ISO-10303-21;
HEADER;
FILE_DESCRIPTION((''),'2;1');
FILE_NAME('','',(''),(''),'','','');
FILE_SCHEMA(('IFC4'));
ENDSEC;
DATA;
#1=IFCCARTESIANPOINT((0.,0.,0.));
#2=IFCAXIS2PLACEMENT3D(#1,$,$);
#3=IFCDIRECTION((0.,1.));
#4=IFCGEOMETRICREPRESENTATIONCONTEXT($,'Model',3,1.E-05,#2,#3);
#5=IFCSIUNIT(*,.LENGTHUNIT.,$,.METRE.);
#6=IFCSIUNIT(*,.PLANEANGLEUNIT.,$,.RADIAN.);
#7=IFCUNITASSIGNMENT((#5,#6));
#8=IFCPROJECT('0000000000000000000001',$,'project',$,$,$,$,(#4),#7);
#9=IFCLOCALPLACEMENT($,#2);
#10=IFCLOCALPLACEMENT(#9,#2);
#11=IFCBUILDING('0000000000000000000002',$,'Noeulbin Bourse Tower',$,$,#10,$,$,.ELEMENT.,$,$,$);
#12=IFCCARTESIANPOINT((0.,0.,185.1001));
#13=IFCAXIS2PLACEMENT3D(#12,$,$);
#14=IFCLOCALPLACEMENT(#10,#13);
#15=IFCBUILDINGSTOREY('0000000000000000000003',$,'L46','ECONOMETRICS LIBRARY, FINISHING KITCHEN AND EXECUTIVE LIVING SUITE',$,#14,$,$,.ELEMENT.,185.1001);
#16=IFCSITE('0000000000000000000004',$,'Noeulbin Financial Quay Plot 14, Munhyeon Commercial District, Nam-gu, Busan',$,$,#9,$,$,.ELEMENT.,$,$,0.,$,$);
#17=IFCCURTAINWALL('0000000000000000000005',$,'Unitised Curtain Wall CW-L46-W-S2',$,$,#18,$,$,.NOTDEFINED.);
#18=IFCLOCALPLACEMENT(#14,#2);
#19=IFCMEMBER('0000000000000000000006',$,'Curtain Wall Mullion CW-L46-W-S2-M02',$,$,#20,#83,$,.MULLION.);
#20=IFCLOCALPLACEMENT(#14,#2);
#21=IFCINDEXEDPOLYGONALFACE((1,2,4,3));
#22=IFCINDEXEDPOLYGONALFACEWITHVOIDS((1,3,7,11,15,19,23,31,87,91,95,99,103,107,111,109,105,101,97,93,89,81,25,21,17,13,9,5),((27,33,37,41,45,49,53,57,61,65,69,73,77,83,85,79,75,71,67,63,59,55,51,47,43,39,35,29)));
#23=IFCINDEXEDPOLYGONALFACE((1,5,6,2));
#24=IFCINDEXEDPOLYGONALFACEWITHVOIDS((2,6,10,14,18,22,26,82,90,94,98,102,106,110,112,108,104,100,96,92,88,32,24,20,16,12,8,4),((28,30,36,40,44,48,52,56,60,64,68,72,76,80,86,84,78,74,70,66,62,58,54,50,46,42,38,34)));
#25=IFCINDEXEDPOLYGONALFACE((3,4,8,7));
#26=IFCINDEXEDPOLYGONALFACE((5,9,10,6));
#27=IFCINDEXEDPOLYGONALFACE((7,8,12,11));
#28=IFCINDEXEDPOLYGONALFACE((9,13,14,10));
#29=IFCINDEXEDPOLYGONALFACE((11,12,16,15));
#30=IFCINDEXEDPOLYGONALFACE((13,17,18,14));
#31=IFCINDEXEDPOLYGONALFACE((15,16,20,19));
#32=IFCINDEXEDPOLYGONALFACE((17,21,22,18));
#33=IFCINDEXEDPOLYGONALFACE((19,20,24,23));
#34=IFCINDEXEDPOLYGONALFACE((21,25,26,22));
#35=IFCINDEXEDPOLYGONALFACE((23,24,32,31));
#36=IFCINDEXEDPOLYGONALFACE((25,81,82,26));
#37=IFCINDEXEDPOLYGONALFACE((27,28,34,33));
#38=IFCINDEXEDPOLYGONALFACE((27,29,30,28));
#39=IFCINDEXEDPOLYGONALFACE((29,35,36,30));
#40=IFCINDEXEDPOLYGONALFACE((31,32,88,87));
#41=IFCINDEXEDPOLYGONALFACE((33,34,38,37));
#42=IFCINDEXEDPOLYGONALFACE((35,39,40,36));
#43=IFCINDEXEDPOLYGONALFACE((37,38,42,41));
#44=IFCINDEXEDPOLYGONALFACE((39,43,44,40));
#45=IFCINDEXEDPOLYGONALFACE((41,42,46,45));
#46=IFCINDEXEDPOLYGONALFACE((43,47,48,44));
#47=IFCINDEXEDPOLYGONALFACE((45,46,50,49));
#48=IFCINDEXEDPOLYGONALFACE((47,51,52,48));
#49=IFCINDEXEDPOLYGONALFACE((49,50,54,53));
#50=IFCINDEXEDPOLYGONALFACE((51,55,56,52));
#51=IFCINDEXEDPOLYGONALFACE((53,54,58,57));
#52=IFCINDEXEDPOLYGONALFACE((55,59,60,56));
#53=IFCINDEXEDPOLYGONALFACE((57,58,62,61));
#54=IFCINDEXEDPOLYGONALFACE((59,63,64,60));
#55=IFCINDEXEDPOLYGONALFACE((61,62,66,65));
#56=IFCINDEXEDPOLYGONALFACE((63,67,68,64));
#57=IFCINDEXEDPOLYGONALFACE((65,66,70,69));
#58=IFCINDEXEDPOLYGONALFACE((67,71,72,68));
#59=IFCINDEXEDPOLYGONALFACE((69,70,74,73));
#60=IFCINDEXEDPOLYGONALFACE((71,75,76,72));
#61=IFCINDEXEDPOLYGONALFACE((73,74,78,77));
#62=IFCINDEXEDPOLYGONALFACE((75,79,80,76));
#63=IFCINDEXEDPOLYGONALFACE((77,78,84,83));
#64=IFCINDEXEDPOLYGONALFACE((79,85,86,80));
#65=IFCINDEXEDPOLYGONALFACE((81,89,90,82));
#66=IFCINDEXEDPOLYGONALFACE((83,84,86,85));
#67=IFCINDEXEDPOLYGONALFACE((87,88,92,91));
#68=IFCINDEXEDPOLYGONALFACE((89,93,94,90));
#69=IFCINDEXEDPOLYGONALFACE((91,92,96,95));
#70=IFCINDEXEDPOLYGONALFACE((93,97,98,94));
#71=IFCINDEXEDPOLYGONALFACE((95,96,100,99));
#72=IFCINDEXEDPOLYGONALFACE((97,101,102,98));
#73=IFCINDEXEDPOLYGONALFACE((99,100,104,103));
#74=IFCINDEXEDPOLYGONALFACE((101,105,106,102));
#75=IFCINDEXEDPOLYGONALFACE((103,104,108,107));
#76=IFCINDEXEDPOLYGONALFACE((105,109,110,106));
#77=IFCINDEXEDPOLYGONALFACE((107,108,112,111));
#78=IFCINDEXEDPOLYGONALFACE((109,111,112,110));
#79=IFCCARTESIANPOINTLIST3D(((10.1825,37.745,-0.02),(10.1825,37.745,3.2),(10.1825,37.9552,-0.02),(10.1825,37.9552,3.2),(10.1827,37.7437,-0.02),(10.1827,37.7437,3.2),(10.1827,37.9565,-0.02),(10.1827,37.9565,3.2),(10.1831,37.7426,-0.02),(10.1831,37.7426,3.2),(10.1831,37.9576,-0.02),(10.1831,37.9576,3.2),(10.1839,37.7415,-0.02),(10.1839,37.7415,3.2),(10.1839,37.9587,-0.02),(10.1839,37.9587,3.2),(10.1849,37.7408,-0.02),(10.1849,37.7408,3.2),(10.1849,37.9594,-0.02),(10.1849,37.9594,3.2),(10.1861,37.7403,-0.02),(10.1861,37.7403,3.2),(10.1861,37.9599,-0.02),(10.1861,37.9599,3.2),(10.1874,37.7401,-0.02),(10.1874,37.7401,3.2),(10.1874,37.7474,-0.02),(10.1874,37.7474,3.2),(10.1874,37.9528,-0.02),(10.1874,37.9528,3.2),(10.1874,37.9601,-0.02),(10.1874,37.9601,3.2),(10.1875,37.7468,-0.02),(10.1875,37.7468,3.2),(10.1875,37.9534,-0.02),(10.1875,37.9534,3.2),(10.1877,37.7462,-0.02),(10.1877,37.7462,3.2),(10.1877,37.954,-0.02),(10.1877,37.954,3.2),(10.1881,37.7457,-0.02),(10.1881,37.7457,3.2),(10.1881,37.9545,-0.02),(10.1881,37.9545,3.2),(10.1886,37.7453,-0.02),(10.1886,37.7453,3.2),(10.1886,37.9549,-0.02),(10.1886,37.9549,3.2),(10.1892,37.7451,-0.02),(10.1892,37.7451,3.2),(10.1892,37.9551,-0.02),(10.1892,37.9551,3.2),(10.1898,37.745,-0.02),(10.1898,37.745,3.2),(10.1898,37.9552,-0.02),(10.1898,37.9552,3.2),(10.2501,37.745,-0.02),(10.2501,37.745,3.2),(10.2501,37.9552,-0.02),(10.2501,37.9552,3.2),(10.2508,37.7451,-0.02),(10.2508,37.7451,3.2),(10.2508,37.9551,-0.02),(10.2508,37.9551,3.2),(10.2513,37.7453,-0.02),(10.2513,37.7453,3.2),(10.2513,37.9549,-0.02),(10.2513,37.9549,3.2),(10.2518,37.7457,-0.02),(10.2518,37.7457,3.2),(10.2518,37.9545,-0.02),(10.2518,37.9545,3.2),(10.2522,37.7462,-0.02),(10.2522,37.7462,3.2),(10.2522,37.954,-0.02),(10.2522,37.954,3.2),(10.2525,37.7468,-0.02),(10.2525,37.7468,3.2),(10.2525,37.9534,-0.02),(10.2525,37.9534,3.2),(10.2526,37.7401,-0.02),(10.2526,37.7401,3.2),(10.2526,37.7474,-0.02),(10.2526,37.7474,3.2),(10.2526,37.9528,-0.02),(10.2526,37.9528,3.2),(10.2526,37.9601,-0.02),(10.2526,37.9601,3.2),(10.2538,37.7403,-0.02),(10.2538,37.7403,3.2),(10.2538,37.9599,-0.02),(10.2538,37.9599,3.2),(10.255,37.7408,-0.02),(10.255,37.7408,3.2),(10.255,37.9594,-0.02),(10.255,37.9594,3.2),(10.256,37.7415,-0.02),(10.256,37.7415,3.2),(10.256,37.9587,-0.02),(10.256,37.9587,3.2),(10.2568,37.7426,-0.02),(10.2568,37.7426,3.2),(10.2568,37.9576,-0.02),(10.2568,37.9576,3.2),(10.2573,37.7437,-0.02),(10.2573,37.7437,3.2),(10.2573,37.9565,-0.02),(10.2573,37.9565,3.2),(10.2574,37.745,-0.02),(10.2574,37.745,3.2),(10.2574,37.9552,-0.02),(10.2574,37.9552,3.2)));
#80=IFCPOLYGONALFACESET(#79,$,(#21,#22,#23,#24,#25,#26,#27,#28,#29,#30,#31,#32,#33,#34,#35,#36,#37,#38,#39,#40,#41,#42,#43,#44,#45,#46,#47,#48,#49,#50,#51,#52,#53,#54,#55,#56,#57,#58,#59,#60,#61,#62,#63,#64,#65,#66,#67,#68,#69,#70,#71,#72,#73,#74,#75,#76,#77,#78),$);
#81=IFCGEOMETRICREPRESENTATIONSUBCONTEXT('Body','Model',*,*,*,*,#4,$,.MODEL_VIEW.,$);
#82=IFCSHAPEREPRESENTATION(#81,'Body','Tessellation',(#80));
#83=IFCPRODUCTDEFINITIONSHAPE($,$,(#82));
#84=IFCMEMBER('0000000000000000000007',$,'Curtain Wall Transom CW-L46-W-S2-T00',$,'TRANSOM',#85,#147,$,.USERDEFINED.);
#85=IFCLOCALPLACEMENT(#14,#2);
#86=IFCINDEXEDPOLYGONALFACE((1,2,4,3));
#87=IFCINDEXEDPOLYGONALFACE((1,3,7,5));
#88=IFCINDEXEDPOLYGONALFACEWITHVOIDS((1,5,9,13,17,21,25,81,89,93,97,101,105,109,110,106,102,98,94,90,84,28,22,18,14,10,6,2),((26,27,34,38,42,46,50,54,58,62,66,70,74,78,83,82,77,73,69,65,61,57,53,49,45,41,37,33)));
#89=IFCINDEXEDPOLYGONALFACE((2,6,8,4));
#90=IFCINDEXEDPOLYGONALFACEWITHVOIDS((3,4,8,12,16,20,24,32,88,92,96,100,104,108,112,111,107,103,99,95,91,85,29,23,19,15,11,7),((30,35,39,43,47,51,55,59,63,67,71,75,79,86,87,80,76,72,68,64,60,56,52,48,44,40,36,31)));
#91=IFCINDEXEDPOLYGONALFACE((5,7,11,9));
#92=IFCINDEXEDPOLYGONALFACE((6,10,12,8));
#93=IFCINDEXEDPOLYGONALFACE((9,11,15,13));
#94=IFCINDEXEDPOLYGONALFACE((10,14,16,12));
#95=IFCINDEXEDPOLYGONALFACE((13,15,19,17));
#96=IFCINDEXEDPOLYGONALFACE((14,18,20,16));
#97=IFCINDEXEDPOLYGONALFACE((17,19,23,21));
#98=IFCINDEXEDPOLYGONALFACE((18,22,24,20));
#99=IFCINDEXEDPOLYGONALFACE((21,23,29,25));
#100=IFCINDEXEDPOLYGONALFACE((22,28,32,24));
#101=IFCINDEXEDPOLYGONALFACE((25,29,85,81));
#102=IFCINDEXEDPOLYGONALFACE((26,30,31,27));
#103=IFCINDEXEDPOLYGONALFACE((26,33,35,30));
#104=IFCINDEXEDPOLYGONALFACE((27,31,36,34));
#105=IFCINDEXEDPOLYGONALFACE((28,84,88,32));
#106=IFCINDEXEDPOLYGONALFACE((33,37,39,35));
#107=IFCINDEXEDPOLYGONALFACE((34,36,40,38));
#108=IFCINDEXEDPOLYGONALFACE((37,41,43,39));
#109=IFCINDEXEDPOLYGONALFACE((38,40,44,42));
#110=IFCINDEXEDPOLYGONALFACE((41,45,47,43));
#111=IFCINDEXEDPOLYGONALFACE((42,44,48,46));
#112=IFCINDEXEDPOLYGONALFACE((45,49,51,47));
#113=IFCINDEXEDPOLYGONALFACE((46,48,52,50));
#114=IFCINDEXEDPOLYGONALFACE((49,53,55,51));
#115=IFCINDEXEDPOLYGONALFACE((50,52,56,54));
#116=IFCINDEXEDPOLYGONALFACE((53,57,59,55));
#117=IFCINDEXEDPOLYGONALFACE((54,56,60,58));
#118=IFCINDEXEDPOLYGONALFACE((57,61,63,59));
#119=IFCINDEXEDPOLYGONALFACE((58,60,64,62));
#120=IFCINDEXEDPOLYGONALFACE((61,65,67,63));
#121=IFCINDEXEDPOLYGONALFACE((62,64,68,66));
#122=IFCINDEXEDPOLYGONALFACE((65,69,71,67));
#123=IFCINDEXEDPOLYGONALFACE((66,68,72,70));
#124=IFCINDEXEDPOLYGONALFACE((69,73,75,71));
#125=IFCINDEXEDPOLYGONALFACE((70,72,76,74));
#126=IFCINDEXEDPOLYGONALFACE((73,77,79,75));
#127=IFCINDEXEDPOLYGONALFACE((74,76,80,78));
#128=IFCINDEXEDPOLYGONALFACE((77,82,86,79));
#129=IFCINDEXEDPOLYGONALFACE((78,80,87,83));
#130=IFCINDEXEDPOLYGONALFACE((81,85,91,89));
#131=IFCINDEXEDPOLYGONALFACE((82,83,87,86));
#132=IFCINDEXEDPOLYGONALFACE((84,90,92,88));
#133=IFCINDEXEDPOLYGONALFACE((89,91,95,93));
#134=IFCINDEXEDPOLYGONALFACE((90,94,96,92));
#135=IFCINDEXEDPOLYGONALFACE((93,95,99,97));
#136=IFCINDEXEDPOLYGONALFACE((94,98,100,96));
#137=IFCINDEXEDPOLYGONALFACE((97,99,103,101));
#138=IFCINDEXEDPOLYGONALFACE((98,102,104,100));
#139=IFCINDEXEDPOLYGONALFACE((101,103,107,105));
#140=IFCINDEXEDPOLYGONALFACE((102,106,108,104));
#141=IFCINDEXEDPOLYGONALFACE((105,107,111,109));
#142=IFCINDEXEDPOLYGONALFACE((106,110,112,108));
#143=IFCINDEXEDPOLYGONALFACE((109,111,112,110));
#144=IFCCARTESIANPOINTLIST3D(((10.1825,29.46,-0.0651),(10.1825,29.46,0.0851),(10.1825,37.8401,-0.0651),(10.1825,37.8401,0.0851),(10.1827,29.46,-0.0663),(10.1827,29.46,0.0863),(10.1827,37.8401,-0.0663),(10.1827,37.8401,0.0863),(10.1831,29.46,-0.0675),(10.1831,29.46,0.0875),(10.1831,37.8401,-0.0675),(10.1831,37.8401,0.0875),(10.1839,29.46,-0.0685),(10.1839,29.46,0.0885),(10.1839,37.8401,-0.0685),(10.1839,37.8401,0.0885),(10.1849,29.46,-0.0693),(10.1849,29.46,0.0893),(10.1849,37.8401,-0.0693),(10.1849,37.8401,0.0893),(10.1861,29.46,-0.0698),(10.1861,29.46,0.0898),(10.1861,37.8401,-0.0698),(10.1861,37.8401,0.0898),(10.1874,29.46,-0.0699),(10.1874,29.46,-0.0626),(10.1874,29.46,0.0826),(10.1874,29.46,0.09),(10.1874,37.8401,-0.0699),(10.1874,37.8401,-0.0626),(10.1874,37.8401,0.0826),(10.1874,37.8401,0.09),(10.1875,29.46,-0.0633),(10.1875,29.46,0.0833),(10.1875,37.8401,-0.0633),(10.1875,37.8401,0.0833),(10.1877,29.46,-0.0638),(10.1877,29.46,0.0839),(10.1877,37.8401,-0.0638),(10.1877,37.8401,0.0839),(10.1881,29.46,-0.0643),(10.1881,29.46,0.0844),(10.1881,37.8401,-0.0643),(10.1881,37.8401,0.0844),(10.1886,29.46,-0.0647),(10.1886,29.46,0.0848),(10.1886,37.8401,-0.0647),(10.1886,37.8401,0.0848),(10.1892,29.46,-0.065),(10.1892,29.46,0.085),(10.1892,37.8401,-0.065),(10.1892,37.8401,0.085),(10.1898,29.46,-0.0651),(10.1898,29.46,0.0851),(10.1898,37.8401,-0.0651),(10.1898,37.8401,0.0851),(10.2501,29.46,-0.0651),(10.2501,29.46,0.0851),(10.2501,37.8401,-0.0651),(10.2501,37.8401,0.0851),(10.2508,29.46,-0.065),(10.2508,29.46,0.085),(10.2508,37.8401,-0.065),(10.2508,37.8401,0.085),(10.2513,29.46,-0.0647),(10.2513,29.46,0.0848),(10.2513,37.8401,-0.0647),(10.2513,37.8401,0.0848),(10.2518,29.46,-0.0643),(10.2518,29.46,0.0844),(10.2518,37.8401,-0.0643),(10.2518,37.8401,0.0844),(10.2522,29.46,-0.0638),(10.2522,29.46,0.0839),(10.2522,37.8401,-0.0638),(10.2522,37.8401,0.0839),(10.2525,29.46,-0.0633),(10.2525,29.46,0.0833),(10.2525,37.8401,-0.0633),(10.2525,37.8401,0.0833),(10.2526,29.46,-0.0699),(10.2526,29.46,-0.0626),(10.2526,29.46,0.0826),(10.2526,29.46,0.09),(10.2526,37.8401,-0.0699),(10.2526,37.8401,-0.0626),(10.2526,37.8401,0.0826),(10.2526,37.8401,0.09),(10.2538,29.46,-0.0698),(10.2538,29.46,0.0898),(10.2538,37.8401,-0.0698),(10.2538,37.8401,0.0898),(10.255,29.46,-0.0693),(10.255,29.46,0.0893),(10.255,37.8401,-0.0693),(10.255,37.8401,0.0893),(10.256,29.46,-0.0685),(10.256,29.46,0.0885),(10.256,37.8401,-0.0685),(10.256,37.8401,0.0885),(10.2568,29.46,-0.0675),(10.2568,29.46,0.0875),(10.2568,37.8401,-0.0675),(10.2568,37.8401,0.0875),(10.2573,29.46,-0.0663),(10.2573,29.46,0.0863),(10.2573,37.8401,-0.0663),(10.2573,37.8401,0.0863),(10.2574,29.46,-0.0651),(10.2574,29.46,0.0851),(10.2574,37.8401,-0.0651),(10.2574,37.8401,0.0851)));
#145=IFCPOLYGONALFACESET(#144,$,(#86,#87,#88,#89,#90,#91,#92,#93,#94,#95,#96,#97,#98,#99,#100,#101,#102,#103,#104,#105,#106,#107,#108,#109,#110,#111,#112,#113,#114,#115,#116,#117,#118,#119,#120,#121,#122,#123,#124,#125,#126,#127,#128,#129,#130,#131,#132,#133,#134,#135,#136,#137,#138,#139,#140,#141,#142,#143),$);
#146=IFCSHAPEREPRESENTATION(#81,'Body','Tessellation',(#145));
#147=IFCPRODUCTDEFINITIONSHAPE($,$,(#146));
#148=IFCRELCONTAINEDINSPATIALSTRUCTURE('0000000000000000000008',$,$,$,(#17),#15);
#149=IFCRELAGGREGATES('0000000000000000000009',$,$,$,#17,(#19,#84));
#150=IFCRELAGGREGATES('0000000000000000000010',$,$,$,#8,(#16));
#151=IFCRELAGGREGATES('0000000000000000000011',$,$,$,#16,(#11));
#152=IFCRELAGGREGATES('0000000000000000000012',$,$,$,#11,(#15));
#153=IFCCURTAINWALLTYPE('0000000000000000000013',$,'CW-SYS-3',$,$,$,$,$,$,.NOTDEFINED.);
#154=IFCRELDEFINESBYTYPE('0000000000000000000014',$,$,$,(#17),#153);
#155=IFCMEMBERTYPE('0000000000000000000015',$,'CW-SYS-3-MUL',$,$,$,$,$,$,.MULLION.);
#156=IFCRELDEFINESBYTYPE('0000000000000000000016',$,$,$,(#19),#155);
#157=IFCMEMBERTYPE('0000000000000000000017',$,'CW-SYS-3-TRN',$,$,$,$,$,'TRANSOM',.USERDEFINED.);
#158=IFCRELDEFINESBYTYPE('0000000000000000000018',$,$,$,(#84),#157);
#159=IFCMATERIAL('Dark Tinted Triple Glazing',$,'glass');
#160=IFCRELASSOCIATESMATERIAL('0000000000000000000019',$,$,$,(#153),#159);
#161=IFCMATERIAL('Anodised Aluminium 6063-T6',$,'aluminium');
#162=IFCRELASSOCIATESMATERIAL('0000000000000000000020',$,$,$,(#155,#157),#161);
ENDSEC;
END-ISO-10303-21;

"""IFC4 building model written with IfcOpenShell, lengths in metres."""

from ifc_helpers import new_model, si_unit, direction, frame, origin, origin_2d, place, context, subcontext, project, spatial, hollow_rectangle, extrude, material, material_profile, profile_set, type_object, element, aggregate, save


model = new_model("IFC4")

# Units and contexts
model_context = context("Model", 3, precision=1e-05, world=origin(), true_north=direction((0.0, 1.0)))
body_context = subcontext(model_context, "Body", "Model", "MODEL_VIEW")
ifc_project = project(units=[si_unit("LENGTHUNIT", "METRE"), si_unit("PLANEANGLEUNIT", "RADIAN")], contexts=[model_context])

# Site, building, storey
site_placement = place(None, origin())
site = spatial("IfcSite", under=ifc_project, at=site_placement, Name="Noeulbin Financial Quay Plot 14, Munhyeon Commercial District, Nam-gu, Busan", CompositionType="ELEMENT", RefElevation=0.0)
building_placement = place(site_placement, origin())
building = spatial("IfcBuilding", under=site, at=building_placement, Name="Noeulbin Bourse Tower", CompositionType="ELEMENT")
storey_placement = place(building_placement, frame((0.0, 0.0, 185.1001)))
storey = spatial("IfcBuildingStorey", under=building, at=storey_placement, Name="L46", Description="ECONOMETRICS LIBRARY, FINISHING KITCHEN AND EXECUTIVE LIVING SUITE", CompositionType="ELEMENT", Elevation=185.1001)

# Curtain wall, members
ifc_material_1 = material(Name="Dark Tinted Triple Glazing", Category="glass")
curtain_wall_type = type_object("IfcCurtainWallType", Name="CW-SYS-3", PredefinedType="NOTDEFINED", material=ifc_material_1)
curtain_wall_placement = place(storey_placement, origin())
curtain_wall = element("IfcCurtainWall", 1, at=curtain_wall_placement, inside=storey, type_object=curtain_wall_type, Name="Unitised Curtain Wall CW-L46-W-S2", PredefinedType="NOTDEFINED")
ifc_material_2 = material(Name="Anodised Aluminium 6063-T6", Category="aluminium")
ifc_material_profile_1 = material_profile(ifc_material_2, hollow_rectangle(XDim=0.075, YDim=0.22, WallThickness=0.0049, InnerFilletRadius=0.0024, OuterFilletRadius=0.0049, at=origin_2d()), Name="ALU-MULL-75x220x5", Category="LoadBearing")
ifc_profile_set_1 = profile_set([ifc_material_profile_1], Name="Anodised Aluminium 6063-T6")
member_type_1 = type_object("IfcMemberType", Name="CW-SYS-3-MUL", PredefinedType="MULLION", material=ifc_profile_set_1)
member_1_placement = place(storey_placement, frame((10.22, 37.8501, -0.02), z_axis=(0.0, 0.0, 1.0), x_axis=(1.0, 0.0, 0.0)))
member_1 = element("IfcMember", 2, at=member_1_placement, type_object=member_type_1, Name="Curtain Wall Mullion CW-L46-W-S2-M02", PredefinedType="MULLION", context=body_context, shape_type="SweptSolid", body=[
    extrude(hollow_rectangle(XDim=0.075, YDim=0.22, WallThickness=0.0049, InnerFilletRadius=0.0024, OuterFilletRadius=0.0049, at=origin_2d()), origin(), (0.0, 0.0, 1.0), 3.22),
])
ifc_material_profile_2 = material_profile(ifc_material_2, hollow_rectangle(XDim=0.075, YDim=0.1599, WallThickness=0.0049, InnerFilletRadius=0.0024, OuterFilletRadius=0.0049, at=origin_2d()), Name="ALU-TRAN-75x160x5", Category="LoadBearing")
ifc_profile_set_2 = profile_set([ifc_material_profile_2], Name="Anodised Aluminium 6063-T6")
member_type_2 = type_object("IfcMemberType", Name="CW-SYS-3-TRN", ElementType="TRANSOM", PredefinedType="USERDEFINED", material=ifc_profile_set_2)
member_2_placement = place(storey_placement, frame((10.22, 29.46, 0.01), z_axis=(0.0, 1.0, 0.0), x_axis=(-1.0, 0.0, 0.0)))
member_2 = element("IfcMember", 3, at=member_2_placement, type_object=member_type_2, Name="Curtain Wall Transom CW-L46-W-S2-T00", ObjectType="TRANSOM", PredefinedType="USERDEFINED", context=body_context, shape_type="SweptSolid", body=[
    extrude(hollow_rectangle(XDim=0.075, YDim=0.1599, WallThickness=0.0049, InnerFilletRadius=0.0024, OuterFilletRadius=0.0049, at=origin_2d()), origin(), (0.0, 0.0, 1.0), 8.3801),
])
aggregate(curtain_wall, [member_1, member_2])

save(model, "model.ifc")
